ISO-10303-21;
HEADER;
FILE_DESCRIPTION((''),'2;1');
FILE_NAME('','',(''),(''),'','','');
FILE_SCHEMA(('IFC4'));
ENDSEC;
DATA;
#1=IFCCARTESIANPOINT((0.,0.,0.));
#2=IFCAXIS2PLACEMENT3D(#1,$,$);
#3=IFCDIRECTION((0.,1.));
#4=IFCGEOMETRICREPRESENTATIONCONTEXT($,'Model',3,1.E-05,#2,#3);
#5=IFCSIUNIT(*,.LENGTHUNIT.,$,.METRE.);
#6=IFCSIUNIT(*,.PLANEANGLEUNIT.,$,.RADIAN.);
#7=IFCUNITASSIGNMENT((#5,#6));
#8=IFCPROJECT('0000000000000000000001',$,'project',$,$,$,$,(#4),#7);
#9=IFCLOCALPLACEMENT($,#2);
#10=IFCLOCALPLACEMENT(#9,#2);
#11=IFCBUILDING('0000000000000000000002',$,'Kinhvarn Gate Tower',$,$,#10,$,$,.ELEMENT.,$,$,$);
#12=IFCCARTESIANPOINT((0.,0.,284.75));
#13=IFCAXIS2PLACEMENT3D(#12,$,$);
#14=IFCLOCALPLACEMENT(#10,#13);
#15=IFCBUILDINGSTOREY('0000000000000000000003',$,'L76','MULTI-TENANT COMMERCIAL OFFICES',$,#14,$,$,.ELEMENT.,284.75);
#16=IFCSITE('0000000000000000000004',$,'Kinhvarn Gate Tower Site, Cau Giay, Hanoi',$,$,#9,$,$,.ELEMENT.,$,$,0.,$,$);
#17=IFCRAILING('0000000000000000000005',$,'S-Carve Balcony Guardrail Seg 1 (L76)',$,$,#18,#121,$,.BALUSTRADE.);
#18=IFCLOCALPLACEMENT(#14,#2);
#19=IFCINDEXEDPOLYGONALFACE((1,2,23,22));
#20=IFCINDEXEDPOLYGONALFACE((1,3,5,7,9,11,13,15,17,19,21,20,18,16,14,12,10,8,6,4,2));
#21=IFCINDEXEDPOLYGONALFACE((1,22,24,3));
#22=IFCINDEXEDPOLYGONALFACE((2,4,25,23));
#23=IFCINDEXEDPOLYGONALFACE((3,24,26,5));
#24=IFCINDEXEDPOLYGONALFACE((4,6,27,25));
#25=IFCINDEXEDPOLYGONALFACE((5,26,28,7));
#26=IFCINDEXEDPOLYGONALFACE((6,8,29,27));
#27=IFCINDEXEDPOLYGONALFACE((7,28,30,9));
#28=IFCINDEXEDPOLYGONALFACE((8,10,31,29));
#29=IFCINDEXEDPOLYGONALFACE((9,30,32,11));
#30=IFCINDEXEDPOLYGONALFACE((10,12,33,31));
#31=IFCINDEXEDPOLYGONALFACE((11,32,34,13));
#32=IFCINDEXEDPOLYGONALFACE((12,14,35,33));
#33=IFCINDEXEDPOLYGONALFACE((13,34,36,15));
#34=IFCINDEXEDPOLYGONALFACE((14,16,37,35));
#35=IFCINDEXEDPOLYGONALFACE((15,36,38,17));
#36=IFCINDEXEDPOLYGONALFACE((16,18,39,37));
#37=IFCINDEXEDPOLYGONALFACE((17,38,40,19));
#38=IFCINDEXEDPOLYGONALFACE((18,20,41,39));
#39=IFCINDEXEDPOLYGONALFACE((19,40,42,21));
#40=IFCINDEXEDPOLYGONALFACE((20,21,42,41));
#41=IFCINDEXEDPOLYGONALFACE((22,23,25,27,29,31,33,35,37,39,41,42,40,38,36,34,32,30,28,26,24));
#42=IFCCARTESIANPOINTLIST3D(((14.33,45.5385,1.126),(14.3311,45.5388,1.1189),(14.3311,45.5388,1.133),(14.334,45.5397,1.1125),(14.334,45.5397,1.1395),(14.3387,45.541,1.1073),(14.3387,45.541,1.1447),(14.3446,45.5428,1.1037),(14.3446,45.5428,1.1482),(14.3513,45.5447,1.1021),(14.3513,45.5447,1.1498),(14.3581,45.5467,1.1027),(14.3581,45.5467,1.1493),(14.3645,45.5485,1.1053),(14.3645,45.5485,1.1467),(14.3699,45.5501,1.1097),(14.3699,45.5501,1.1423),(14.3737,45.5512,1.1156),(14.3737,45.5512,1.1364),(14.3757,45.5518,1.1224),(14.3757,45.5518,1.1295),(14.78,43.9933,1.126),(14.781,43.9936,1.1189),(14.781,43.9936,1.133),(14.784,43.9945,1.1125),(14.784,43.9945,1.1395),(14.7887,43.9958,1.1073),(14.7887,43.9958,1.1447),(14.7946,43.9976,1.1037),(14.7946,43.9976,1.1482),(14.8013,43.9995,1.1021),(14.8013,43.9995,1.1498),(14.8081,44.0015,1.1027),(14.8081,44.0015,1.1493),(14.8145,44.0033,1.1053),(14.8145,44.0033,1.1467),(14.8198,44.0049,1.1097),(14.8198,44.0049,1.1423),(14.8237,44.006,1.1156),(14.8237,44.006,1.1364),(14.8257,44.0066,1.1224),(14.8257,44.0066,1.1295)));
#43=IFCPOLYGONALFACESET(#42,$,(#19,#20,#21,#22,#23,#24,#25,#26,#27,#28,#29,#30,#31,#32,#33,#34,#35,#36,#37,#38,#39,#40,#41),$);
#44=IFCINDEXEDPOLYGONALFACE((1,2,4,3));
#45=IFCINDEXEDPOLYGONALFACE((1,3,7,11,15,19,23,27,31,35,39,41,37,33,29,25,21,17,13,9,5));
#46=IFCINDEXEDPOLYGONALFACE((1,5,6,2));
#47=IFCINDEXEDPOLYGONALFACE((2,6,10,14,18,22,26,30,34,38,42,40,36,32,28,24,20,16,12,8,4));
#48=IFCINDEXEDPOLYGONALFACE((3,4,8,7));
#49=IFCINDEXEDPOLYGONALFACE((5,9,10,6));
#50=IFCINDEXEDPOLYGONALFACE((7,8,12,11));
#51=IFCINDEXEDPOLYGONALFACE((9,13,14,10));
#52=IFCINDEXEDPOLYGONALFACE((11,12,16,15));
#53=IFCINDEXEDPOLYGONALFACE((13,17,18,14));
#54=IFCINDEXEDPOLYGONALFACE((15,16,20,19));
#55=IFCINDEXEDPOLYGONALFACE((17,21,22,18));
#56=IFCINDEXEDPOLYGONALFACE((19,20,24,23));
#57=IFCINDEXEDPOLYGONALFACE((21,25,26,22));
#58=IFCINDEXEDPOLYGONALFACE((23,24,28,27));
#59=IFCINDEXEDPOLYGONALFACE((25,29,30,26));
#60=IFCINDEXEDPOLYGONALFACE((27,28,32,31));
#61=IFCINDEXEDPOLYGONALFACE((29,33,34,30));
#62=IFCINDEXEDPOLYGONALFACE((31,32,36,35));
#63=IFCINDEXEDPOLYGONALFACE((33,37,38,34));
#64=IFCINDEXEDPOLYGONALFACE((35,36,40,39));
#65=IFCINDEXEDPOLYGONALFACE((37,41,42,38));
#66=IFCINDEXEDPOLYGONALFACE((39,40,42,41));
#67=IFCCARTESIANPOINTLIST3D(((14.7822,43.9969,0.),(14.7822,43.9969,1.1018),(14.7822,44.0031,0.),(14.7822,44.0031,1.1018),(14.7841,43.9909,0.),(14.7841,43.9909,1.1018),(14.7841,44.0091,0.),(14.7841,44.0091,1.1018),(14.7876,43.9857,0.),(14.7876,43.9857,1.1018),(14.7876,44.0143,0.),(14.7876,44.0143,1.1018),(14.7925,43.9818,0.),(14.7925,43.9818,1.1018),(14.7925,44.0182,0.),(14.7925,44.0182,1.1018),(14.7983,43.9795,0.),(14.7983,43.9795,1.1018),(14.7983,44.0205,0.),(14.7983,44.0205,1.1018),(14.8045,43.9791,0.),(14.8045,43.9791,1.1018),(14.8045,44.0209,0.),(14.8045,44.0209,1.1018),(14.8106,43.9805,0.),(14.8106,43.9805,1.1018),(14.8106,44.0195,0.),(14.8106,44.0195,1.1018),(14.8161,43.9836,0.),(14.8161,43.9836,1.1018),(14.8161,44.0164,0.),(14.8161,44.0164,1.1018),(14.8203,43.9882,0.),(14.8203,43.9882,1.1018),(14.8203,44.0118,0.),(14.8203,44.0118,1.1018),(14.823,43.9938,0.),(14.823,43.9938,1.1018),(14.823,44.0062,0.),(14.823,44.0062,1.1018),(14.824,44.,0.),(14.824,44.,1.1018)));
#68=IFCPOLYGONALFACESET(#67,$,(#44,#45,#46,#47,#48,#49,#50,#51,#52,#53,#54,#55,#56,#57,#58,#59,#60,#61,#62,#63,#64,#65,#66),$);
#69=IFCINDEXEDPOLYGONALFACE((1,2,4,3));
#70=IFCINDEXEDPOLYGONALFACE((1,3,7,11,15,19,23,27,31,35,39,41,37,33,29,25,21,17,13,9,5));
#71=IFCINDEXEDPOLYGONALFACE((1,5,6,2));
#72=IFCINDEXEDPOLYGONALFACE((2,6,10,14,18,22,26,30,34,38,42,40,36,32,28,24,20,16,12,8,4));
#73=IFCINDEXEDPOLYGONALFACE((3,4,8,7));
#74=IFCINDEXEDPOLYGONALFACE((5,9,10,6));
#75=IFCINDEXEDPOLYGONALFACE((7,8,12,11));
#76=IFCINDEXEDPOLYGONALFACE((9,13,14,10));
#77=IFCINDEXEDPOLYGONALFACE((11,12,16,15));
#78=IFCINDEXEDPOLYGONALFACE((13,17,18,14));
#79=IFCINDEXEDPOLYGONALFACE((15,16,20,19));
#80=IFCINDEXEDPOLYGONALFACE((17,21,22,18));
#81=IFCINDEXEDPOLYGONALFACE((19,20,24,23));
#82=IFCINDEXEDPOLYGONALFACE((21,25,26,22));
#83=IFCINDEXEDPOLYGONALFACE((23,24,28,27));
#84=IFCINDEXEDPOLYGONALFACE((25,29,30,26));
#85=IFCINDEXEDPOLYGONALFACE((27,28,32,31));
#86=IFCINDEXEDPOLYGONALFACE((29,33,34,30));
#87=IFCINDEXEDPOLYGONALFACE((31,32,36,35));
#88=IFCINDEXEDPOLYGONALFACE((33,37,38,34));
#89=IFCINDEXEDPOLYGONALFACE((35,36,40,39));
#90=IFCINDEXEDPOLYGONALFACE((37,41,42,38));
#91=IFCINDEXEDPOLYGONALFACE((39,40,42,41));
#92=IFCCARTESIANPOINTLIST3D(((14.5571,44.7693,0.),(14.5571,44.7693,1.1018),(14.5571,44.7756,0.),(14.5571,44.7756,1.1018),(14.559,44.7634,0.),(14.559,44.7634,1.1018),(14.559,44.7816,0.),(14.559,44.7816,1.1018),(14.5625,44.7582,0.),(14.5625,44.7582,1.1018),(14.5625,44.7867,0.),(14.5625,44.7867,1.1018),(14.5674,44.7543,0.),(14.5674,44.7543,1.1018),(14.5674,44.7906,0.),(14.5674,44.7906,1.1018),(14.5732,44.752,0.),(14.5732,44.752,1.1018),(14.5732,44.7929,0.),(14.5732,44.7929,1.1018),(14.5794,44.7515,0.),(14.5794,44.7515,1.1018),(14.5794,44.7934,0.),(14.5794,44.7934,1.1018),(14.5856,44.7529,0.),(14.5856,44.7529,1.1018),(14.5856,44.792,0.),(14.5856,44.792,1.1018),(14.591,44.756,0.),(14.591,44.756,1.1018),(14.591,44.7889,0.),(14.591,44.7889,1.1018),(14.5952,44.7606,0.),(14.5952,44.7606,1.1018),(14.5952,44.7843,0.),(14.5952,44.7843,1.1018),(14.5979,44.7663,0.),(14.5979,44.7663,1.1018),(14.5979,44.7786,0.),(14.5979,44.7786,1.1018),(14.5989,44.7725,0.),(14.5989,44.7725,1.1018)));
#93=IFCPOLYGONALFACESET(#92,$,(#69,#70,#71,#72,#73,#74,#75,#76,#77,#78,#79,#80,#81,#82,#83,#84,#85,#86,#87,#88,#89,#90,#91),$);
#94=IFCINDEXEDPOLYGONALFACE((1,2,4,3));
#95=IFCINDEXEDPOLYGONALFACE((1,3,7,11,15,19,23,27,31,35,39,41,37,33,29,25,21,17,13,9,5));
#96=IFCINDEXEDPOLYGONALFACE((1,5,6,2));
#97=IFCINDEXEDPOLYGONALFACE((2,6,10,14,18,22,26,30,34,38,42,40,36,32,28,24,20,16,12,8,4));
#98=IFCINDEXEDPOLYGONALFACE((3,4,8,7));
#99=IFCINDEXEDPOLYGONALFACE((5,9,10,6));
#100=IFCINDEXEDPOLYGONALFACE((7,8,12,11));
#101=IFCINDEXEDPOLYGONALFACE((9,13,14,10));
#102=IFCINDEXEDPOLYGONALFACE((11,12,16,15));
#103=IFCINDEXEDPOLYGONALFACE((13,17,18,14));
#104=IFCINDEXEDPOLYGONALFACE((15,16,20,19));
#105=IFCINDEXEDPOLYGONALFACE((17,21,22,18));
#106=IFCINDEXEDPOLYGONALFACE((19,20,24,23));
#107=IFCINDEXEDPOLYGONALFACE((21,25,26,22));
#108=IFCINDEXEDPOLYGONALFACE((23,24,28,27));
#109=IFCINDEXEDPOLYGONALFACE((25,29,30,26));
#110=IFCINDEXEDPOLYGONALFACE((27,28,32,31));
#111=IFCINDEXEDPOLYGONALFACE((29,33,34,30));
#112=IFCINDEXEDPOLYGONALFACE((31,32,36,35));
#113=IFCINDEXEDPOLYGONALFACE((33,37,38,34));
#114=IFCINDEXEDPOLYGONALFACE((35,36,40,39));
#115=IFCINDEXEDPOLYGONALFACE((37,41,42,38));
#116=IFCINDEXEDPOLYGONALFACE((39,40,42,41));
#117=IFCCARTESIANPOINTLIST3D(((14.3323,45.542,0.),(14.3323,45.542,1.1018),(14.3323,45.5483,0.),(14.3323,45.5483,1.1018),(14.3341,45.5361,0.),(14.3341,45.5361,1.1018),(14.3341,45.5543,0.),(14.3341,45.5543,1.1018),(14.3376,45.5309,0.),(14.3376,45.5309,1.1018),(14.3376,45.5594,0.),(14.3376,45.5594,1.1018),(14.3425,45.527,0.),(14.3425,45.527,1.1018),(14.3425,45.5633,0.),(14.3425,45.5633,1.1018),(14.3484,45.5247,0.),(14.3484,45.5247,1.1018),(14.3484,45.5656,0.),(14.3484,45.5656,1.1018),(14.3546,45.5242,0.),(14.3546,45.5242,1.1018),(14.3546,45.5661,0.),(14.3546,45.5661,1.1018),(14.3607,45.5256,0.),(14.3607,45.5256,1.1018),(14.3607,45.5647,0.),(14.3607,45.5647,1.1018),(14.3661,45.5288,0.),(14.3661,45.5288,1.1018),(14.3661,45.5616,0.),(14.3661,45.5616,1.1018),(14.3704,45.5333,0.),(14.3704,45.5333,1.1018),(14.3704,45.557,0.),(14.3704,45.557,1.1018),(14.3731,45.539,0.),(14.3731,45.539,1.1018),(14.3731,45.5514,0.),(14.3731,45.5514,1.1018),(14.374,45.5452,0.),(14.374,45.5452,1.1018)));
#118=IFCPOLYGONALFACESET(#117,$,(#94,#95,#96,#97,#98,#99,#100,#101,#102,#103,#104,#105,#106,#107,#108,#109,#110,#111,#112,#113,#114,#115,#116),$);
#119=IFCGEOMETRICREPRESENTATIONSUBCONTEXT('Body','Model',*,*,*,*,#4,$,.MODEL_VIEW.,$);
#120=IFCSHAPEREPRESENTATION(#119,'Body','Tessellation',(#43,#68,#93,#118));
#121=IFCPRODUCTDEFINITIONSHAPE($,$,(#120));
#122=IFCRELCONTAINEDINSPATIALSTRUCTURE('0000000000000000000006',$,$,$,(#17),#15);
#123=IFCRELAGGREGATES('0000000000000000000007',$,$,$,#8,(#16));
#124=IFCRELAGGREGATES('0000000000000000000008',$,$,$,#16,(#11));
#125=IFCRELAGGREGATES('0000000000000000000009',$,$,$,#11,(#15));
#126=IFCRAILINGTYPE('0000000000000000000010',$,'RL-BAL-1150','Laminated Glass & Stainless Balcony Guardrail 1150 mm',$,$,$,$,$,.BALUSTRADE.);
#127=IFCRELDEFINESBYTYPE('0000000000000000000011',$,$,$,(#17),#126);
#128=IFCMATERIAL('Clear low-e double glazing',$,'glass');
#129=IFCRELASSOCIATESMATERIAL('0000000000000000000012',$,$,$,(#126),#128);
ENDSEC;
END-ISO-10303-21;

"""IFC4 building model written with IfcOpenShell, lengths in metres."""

from ifc_helpers import new_model, si_unit, direction, frame, origin, origin_2d, place, context, subcontext, project, spatial, circle, extrude, material, type_object, element, save


model = new_model("IFC4")

# Units and contexts
model_context = context("Model", 3, precision=1e-05, world=origin(), true_north=direction((0.0, 1.0)))
body_context = subcontext(model_context, "Body", "Model", "MODEL_VIEW")
ifc_project = project(units=[si_unit("LENGTHUNIT", "METRE"), si_unit("PLANEANGLEUNIT", "RADIAN")], contexts=[model_context])

# Site, building, storey
site_placement = place(None, origin())
site = spatial("IfcSite", under=ifc_project, at=site_placement, Name="Kinhvarn Gate Tower Site, Cau Giay, Hanoi", CompositionType="ELEMENT", RefElevation=0.0)
building_placement = place(site_placement, origin())
building = spatial("IfcBuilding", under=site, at=building_placement, Name="Kinhvarn Gate Tower", CompositionType="ELEMENT")
storey_placement = place(building_placement, frame((0.0, 0.0, 284.75)))
storey = spatial("IfcBuildingStorey", under=building, at=storey_placement, Name="L76", Description="MULTI-TENANT COMMERCIAL OFFICES", CompositionType="ELEMENT", Elevation=284.75)

# Shared definitions
ifc_material_1 = material(Name="Clear low-e double glazing", Category="glass")

# Railing
railing_type_1 = type_object("IfcRailingType", Name="RL-BAL-1150", Description="Laminated Glass & Stainless Balcony Guardrail 1150 mm", PredefinedType="BALUSTRADE", material=ifc_material_1)
railing_1_placement = place(storey_placement, frame((14.803, 44.0, 0.0)))
element("IfcRailing", 1, at=railing_1_placement, inside=storey, type_object=railing_type_1, Name="S-Carve Balcony Guardrail Seg 1 (L76)", PredefinedType="BALUSTRADE", context=body_context, shape_type="SweptSolid", body=[
    extrude(circle(Radius=0.0239, at=origin_2d()), frame((0.0, 0.0, 1.126), z_axis=(-0.279586, 0.960121, 0.0), x_axis=(-0.960121, -0.279586, 0.0)), (0.0, 0.0, 1.0), 1.6094),
    extrude(circle(Radius=0.021, at=origin_2d()), origin(), (0.0, 0.0, 1.0), 1.1018),
    extrude(circle(Radius=0.021, at=origin_2d()), frame((-0.2251, 0.7725, 0.0)), (0.0, 0.0, 1.0), 1.1018),
    extrude(circle(Radius=0.021, at=origin_2d()), frame((-0.45, 1.5452, 0.0)), (0.0, 0.0, 1.0), 1.1018),
])

save(model, "model.ifc")
